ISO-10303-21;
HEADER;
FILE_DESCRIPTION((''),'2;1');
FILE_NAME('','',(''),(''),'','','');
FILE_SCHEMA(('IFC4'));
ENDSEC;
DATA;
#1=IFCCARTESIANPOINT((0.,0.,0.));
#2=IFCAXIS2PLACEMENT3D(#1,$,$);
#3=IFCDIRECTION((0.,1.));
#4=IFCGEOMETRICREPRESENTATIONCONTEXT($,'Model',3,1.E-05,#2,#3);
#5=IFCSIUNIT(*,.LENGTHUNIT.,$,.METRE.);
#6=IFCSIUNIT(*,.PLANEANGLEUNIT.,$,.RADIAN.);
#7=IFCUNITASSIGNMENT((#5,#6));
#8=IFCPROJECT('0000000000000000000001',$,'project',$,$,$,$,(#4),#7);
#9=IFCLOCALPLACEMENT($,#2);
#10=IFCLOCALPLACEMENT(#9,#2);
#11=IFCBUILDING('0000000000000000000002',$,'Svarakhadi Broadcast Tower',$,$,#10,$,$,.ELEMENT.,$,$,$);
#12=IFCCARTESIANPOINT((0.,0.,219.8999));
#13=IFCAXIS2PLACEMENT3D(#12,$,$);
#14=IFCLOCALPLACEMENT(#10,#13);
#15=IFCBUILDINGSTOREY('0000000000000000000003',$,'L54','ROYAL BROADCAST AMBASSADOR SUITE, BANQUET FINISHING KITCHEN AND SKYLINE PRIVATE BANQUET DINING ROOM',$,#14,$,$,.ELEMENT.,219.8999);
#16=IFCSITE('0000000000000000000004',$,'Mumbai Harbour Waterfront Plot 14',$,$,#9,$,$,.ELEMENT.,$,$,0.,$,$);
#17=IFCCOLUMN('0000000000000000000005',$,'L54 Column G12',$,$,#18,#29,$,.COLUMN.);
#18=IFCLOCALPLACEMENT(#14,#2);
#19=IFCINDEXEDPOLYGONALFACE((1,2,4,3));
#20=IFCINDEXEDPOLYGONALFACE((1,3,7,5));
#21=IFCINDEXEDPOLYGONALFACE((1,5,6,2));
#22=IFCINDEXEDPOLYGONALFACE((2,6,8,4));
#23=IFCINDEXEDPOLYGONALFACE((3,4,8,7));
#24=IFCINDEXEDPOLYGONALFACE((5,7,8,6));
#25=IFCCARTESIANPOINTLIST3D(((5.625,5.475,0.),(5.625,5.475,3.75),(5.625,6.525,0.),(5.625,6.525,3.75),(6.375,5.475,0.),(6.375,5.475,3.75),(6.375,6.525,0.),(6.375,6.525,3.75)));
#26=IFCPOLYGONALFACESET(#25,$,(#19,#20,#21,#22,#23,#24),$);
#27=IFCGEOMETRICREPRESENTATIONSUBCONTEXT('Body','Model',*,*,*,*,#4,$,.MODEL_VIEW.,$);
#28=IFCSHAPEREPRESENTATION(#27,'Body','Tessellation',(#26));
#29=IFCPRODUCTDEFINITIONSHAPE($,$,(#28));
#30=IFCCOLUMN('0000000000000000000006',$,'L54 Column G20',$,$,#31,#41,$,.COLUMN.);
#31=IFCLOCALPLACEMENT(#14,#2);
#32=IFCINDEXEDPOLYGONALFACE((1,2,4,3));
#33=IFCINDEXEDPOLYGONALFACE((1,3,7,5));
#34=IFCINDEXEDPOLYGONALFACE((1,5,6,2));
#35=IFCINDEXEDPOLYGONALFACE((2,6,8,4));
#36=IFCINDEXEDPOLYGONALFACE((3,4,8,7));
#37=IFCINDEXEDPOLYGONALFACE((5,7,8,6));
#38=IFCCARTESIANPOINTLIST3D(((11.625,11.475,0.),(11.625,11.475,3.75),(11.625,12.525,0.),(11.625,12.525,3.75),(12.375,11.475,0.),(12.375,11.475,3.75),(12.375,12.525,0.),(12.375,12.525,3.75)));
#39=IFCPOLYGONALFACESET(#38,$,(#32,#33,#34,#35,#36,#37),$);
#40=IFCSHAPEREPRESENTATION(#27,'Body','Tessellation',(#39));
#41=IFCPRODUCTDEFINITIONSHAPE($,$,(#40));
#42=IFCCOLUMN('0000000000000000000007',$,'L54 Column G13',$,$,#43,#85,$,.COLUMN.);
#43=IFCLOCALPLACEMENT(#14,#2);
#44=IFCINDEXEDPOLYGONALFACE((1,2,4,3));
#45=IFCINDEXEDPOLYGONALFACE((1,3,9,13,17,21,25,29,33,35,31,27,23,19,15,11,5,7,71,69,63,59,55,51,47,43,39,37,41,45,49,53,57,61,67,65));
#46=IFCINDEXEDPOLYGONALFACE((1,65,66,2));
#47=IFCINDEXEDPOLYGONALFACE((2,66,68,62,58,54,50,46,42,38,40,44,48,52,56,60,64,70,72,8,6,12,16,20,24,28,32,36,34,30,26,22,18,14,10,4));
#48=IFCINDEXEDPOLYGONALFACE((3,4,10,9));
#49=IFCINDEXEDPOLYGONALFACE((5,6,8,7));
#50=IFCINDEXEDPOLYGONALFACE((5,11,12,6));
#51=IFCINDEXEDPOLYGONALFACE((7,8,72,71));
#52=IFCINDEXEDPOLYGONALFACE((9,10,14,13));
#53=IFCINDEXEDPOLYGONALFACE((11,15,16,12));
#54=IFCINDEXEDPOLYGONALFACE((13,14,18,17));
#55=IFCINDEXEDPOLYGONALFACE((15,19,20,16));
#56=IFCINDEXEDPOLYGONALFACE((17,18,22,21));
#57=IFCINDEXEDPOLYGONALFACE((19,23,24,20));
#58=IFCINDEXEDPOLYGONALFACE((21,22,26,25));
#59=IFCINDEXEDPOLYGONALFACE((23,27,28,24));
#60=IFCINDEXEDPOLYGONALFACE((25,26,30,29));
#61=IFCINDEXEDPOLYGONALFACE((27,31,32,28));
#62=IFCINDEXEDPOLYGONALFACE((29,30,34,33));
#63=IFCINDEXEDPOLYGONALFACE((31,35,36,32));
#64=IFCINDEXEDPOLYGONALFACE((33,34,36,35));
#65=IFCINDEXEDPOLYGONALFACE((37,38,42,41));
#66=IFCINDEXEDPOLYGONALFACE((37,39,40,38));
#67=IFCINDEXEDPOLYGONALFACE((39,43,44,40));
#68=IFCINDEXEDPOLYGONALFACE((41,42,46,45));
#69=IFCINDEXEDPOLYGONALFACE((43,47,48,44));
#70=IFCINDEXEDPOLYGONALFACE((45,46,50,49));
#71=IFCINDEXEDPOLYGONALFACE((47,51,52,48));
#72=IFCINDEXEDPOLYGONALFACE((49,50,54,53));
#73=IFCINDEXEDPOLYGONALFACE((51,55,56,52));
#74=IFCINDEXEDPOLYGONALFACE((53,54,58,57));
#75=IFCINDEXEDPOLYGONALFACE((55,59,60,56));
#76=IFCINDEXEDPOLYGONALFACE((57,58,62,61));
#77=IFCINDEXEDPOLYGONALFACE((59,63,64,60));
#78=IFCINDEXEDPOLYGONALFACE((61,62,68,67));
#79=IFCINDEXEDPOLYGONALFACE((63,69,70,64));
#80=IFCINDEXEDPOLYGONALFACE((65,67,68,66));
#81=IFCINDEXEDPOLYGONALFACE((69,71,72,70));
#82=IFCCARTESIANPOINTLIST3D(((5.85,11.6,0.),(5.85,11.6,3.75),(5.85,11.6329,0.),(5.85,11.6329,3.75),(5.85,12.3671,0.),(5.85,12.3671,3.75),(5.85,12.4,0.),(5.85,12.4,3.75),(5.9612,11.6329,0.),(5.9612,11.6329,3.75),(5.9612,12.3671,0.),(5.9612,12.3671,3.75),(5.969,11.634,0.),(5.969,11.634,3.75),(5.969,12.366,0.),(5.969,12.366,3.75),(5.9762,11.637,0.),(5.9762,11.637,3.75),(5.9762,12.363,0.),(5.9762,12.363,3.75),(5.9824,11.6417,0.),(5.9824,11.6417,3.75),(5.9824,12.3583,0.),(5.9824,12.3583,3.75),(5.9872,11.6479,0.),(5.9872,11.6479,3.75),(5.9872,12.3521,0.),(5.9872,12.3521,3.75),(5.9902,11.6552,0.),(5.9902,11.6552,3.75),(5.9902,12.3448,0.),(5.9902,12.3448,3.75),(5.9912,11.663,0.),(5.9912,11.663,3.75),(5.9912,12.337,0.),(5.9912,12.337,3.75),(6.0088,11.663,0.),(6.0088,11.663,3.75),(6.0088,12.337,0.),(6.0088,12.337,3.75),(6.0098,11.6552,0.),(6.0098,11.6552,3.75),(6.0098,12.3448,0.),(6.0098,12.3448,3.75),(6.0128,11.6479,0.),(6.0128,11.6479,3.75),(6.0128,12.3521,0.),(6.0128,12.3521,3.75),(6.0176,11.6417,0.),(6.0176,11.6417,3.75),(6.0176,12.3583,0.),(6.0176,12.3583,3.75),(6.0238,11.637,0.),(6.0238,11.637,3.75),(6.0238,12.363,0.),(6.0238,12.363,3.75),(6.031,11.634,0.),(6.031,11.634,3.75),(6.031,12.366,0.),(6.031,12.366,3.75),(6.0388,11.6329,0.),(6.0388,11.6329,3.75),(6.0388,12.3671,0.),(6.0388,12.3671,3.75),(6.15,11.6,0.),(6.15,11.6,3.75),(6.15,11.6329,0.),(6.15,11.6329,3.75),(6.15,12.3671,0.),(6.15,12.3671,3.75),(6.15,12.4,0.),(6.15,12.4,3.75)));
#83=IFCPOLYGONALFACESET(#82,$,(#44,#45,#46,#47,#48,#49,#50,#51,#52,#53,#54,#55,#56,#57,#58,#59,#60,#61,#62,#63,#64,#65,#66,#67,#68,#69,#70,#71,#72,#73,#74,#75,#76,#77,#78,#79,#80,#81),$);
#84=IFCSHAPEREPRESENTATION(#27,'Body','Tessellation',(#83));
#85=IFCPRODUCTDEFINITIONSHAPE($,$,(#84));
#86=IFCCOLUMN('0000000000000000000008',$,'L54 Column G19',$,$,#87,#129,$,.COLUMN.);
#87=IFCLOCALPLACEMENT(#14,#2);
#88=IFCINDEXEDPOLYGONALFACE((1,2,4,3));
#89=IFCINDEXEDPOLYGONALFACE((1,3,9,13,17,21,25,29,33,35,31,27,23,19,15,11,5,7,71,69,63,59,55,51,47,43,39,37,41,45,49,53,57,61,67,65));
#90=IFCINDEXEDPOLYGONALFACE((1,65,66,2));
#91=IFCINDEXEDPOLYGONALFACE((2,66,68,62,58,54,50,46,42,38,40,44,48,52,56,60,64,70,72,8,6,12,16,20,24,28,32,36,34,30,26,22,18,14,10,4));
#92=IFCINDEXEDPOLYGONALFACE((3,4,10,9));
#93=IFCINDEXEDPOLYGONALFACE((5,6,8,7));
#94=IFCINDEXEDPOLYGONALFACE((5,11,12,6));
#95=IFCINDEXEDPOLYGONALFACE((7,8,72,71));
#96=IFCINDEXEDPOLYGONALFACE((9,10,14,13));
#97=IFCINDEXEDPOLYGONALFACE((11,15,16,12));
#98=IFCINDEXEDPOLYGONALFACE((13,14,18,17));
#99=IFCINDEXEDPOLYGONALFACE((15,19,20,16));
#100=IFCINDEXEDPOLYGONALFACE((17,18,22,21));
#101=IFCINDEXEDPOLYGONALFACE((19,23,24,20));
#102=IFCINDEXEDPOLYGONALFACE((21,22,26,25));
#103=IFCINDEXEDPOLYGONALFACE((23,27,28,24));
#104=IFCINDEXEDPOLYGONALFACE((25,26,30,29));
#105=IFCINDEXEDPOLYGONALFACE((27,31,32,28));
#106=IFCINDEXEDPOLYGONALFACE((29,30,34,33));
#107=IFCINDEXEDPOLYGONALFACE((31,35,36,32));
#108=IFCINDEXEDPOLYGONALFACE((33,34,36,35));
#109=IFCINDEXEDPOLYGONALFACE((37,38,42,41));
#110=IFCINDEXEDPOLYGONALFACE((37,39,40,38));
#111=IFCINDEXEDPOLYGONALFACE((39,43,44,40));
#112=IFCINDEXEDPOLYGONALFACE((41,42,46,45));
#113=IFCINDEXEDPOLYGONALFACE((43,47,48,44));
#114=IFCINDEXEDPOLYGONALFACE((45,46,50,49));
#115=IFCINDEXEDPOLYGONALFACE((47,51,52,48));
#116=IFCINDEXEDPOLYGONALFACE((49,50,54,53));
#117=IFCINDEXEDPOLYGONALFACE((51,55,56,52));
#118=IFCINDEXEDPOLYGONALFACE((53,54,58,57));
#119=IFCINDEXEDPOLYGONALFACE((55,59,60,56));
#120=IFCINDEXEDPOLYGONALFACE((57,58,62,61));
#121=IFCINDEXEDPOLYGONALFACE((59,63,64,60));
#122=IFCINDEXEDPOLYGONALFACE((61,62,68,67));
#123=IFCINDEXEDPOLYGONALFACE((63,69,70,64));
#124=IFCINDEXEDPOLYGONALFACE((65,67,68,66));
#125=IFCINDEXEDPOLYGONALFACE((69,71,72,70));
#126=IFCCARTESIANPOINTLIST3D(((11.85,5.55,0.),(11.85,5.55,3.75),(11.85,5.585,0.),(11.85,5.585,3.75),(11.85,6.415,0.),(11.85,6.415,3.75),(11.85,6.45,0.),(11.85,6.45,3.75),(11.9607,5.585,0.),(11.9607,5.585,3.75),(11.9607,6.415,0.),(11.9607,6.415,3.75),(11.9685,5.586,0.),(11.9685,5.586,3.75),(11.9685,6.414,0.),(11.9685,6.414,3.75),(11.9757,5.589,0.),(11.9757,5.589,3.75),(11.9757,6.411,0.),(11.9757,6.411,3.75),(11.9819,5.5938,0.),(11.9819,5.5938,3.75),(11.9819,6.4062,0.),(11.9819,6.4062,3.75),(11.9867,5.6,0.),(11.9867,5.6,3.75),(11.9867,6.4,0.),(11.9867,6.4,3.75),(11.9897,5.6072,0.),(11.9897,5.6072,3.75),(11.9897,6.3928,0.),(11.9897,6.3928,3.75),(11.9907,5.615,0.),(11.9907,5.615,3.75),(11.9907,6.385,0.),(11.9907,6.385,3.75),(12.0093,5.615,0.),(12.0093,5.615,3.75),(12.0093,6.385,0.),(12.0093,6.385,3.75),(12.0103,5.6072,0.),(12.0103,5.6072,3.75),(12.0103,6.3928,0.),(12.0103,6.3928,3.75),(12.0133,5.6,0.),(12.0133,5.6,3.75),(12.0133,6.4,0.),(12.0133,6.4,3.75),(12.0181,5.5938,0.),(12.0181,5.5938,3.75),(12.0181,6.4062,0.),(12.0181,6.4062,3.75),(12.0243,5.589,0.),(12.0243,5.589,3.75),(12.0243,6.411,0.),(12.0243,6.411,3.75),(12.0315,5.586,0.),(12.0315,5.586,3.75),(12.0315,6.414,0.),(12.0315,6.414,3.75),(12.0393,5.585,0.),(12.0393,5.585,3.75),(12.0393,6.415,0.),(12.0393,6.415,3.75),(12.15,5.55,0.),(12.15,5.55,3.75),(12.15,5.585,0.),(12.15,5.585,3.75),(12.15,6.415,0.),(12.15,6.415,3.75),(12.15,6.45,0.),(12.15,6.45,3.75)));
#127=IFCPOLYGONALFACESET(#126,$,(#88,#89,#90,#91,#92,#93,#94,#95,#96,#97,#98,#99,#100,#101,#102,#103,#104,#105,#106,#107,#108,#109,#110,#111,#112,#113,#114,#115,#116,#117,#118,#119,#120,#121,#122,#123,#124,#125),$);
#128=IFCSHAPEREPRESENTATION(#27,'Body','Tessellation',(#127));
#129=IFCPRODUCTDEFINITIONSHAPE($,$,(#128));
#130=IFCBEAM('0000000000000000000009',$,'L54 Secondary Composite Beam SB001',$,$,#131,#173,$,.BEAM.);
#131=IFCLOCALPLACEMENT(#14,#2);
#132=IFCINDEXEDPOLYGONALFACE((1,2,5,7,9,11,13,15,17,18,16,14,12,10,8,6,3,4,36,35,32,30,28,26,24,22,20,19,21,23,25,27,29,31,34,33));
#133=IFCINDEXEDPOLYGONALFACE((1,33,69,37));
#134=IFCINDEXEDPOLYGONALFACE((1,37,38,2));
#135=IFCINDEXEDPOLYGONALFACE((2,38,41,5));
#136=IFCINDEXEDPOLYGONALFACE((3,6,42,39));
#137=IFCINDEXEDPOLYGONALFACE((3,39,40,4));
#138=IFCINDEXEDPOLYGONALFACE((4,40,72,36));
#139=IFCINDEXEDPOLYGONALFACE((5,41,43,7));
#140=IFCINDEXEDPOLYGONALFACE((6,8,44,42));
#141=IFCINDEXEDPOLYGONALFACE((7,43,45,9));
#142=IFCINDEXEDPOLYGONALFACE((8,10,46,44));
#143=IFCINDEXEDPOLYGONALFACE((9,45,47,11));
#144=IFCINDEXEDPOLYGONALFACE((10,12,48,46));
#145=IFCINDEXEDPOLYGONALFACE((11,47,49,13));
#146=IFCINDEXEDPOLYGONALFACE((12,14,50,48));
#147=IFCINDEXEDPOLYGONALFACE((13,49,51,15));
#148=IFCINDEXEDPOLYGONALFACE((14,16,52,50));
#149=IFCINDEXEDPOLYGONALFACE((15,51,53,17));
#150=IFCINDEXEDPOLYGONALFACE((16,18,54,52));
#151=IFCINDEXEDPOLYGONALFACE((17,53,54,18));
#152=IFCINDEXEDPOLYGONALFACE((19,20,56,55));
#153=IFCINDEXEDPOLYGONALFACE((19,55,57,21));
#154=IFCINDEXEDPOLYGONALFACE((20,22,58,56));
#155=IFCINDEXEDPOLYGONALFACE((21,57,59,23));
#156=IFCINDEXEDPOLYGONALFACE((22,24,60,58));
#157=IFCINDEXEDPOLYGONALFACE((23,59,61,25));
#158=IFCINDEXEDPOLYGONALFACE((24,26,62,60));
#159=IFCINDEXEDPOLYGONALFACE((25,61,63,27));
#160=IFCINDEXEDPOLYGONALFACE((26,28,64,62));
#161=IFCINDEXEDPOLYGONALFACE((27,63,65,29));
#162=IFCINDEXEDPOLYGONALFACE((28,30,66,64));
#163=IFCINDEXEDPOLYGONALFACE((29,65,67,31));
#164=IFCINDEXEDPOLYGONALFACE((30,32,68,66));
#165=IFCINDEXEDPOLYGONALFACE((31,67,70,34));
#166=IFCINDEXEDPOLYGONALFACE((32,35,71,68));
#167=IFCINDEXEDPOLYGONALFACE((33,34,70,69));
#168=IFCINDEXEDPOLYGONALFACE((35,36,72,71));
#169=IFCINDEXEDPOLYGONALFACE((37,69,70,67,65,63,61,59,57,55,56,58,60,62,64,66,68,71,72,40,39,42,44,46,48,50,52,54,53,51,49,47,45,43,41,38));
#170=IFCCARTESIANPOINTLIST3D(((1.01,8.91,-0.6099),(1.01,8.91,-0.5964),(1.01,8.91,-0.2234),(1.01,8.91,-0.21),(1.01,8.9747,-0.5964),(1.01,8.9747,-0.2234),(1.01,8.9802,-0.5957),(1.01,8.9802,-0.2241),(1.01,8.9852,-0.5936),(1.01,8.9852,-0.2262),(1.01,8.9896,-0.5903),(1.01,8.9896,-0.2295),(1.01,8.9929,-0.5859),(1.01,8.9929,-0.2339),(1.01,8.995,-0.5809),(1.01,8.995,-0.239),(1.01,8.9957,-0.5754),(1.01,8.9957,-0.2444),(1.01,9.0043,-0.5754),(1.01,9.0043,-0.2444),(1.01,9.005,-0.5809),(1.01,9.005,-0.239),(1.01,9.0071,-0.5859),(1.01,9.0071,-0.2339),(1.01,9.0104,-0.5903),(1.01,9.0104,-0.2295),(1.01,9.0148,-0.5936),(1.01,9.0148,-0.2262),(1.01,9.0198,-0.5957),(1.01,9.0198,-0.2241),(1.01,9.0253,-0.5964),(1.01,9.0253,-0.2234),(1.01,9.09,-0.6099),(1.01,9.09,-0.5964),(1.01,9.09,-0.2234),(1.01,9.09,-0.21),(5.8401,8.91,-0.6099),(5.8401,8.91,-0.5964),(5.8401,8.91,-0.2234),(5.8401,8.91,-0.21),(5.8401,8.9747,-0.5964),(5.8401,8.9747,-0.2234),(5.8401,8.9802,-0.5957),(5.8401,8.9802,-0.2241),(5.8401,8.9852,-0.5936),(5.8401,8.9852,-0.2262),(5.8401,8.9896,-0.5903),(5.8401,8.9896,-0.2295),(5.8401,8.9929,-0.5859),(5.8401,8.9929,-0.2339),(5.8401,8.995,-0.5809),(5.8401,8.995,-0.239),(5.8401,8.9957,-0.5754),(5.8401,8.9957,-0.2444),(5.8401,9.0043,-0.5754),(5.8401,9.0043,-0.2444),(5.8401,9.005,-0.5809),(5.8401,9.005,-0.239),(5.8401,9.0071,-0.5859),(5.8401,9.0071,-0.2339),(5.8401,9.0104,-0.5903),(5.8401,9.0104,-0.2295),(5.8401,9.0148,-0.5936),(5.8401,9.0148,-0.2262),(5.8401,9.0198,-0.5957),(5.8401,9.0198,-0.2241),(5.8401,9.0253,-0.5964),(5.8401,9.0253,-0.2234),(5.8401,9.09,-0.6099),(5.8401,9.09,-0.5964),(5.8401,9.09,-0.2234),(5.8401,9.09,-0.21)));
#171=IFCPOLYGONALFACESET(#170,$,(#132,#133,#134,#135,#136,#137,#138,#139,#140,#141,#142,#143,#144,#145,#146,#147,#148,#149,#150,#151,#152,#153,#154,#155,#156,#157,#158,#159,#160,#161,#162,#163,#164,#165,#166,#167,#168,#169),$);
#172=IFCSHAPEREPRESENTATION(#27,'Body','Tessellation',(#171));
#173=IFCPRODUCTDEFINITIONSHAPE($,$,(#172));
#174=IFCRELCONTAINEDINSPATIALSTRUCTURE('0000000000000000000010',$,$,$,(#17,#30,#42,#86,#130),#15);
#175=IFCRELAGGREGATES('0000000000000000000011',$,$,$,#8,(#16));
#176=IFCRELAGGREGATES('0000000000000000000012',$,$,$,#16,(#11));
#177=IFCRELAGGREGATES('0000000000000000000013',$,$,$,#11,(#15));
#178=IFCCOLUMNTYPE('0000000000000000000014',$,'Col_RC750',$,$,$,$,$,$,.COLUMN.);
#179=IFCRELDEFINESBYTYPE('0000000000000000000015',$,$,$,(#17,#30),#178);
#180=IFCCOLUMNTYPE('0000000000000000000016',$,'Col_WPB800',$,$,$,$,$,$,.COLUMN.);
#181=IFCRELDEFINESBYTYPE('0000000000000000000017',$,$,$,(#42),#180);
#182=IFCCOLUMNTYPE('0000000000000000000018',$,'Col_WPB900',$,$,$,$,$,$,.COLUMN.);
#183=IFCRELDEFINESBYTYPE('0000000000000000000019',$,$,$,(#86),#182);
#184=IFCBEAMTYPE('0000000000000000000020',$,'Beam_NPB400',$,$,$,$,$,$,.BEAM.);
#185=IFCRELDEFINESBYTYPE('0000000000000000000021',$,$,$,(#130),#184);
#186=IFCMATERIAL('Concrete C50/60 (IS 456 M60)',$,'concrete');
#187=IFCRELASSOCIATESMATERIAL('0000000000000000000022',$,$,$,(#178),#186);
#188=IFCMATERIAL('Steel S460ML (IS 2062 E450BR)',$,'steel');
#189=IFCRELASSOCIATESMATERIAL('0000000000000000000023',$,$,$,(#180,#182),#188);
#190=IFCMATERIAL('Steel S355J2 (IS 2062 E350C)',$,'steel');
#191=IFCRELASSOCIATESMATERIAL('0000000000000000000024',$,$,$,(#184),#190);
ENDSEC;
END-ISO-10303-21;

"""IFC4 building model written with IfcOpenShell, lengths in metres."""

from ifc_helpers import new_model, si_unit, direction, frame, origin, origin_2d, place, context, subcontext, project, spatial, rectangle, i_section, extrude, material, material_profile, profile_set, type_object, element, save


model = new_model("IFC4")

# Units and contexts
model_context = context("Model", 3, precision=1e-05, world=origin(), true_north=direction((0.0, 1.0)))
body_context = subcontext(model_context, "Body", "Model", "MODEL_VIEW")
ifc_project = project(units=[si_unit("LENGTHUNIT", "METRE"), si_unit("PLANEANGLEUNIT", "RADIAN")], contexts=[model_context])

# Site, building, storey
site_placement = place(None, origin())
site = spatial("IfcSite", under=ifc_project, at=site_placement, Name="Mumbai Harbour Waterfront Plot 14", CompositionType="ELEMENT", RefElevation=0.0)
building_placement = place(site_placement, origin())
building = spatial("IfcBuilding", under=site, at=building_placement, Name="Svarakhadi Broadcast Tower", CompositionType="ELEMENT")
storey_placement = place(building_placement, frame((0.0, 0.0, 219.8999)))
storey = spatial("IfcBuildingStorey", under=building, at=storey_placement, Name="L54", Description="ROYAL BROADCAST AMBASSADOR SUITE, BANQUET FINISHING KITCHEN AND SKYLINE PRIVATE BANQUET DINING ROOM", CompositionType="ELEMENT", Elevation=219.8999)

# Columns
ifc_material_1 = material(Name="Concrete C50/60 (IS 456 M60)", Category="concrete")
ifc_material_profile_1 = material_profile(ifc_material_1, rectangle(XDim=0.75, YDim=1.05, at=origin_2d()), Name="RC 750x1050")
ifc_profile_set_1 = profile_set([ifc_material_profile_1], Name="Concrete C50/60 (IS 456 M60)")
column_type_1 = type_object("IfcColumnType", Name="Col_RC750", PredefinedType="COLUMN", material=ifc_profile_set_1)
for number, where, z_axis, x_axis, name in (
    (1, (6.0, 6.0, 0.0), (0.0, 0.0, 1.0), (1.0, 0.0, 0.0), "L54 Column G12"),
    (2, (12.0, 12.0, 0.0), (0.0, 0.0, 1.0), (1.0, 0.0, 0.0), "L54 Column G20"),
):
    element("IfcColumn", number, at=place(storey_placement, frame(where, z_axis=z_axis, x_axis=x_axis)), inside=storey, type_object=column_type_1, Name=name, PredefinedType="COLUMN", context=body_context, shape_type="SweptSolid", body=[
        extrude(rectangle(XDim=0.75, YDim=1.05, at=origin_2d()), origin(), (0.0, 0.0, 1.0), 3.75),
    ])
ifc_material_2 = material(Name="Steel S460ML (IS 2062 E450BR)", Category="steel")
ifc_material_profile_2 = material_profile(ifc_material_2, i_section(OverallWidth=0.3, OverallDepth=0.8, WebThickness=0.0176, FlangeThickness=0.033, FilletRadius=0.03, at=origin_2d()), Name="WPB 800x300x262")
ifc_profile_set_2 = profile_set([ifc_material_profile_2], Name="Steel S460ML (IS 2062 E450BR)")
column_type_2 = type_object("IfcColumnType", Name="Col_WPB800", PredefinedType="COLUMN", material=ifc_profile_set_2)
column_1_placement = place(storey_placement, frame((6.0, 12.0, 0.0), z_axis=(0.0, 0.0, 1.0), x_axis=(1.0, 0.0, 0.0)))
element("IfcColumn", 3, at=column_1_placement, inside=storey, type_object=column_type_2, Name="L54 Column G13", PredefinedType="COLUMN", context=body_context, shape_type="SweptSolid", body=[
    extrude(i_section(OverallWidth=0.3, OverallDepth=0.8, WebThickness=0.0176, FlangeThickness=0.033, FilletRadius=0.03, at=origin_2d()), origin(), (0.0, 0.0, 1.0), 3.75),
])
ifc_material_profile_3 = material_profile(ifc_material_2, i_section(OverallWidth=0.3, OverallDepth=0.8999, WebThickness=0.0186, FlangeThickness=0.0349, FilletRadius=0.03, at=origin_2d()), Name="WPB 900x300x291")
ifc_profile_set_3 = profile_set([ifc_material_profile_3], Name="Steel S460ML (IS 2062 E450BR)")
column_type_3 = type_object("IfcColumnType", Name="Col_WPB900", PredefinedType="COLUMN", material=ifc_profile_set_3)
column_2_placement = place(storey_placement, frame((12.0, 6.0, 0.0), z_axis=(0.0, 0.0, 1.0), x_axis=(1.0, 0.0, 0.0)))
element("IfcColumn", 4, at=column_2_placement, inside=storey, type_object=column_type_3, Name="L54 Column G19", PredefinedType="COLUMN", context=body_context, shape_type="SweptSolid", body=[
    extrude(i_section(OverallWidth=0.3, OverallDepth=0.8999, WebThickness=0.0186, FlangeThickness=0.0349, FilletRadius=0.03, at=origin_2d()), origin(), (0.0, 0.0, 1.0), 3.75),
])

# Beam
ifc_material_3 = material(Name="Steel S355J2 (IS 2062 E350C)", Category="steel")
ifc_material_profile_4 = material_profile(ifc_material_3, i_section(OverallWidth=0.1799, OverallDepth=0.3999, WebThickness=0.0085, FlangeThickness=0.0134, FilletRadius=0.021, at=origin_2d()), Name="NPB 400x180x66")
ifc_profile_set_4 = profile_set([ifc_material_profile_4], Name="Steel S355J2 (IS 2062 E350C)")
beam_type_1 = type_object("IfcBeamType", Name="Beam_NPB400", PredefinedType="BEAM", material=ifc_profile_set_4)
for number, where, z_axis, x_axis, name in (
    (5, (1.01, 9.0, -0.4099), (1.0, 0.0, 0.0), (0.0, 1.0, 0.0), "L54 Secondary Composite Beam SB001"),
):
    element("IfcBeam", number, at=place(storey_placement, frame(where, z_axis=z_axis, x_axis=x_axis)), inside=storey, type_object=beam_type_1, Name=name, PredefinedType="BEAM", context=body_context, shape_type="SweptSolid", body=[
        extrude(i_section(OverallWidth=0.1799, OverallDepth=0.3999, WebThickness=0.0085, FlangeThickness=0.0134, FilletRadius=0.021, at=origin_2d()), origin(), (0.0, 0.0, 1.0), 4.8301),
    ])

save(model, "model.ifc")
